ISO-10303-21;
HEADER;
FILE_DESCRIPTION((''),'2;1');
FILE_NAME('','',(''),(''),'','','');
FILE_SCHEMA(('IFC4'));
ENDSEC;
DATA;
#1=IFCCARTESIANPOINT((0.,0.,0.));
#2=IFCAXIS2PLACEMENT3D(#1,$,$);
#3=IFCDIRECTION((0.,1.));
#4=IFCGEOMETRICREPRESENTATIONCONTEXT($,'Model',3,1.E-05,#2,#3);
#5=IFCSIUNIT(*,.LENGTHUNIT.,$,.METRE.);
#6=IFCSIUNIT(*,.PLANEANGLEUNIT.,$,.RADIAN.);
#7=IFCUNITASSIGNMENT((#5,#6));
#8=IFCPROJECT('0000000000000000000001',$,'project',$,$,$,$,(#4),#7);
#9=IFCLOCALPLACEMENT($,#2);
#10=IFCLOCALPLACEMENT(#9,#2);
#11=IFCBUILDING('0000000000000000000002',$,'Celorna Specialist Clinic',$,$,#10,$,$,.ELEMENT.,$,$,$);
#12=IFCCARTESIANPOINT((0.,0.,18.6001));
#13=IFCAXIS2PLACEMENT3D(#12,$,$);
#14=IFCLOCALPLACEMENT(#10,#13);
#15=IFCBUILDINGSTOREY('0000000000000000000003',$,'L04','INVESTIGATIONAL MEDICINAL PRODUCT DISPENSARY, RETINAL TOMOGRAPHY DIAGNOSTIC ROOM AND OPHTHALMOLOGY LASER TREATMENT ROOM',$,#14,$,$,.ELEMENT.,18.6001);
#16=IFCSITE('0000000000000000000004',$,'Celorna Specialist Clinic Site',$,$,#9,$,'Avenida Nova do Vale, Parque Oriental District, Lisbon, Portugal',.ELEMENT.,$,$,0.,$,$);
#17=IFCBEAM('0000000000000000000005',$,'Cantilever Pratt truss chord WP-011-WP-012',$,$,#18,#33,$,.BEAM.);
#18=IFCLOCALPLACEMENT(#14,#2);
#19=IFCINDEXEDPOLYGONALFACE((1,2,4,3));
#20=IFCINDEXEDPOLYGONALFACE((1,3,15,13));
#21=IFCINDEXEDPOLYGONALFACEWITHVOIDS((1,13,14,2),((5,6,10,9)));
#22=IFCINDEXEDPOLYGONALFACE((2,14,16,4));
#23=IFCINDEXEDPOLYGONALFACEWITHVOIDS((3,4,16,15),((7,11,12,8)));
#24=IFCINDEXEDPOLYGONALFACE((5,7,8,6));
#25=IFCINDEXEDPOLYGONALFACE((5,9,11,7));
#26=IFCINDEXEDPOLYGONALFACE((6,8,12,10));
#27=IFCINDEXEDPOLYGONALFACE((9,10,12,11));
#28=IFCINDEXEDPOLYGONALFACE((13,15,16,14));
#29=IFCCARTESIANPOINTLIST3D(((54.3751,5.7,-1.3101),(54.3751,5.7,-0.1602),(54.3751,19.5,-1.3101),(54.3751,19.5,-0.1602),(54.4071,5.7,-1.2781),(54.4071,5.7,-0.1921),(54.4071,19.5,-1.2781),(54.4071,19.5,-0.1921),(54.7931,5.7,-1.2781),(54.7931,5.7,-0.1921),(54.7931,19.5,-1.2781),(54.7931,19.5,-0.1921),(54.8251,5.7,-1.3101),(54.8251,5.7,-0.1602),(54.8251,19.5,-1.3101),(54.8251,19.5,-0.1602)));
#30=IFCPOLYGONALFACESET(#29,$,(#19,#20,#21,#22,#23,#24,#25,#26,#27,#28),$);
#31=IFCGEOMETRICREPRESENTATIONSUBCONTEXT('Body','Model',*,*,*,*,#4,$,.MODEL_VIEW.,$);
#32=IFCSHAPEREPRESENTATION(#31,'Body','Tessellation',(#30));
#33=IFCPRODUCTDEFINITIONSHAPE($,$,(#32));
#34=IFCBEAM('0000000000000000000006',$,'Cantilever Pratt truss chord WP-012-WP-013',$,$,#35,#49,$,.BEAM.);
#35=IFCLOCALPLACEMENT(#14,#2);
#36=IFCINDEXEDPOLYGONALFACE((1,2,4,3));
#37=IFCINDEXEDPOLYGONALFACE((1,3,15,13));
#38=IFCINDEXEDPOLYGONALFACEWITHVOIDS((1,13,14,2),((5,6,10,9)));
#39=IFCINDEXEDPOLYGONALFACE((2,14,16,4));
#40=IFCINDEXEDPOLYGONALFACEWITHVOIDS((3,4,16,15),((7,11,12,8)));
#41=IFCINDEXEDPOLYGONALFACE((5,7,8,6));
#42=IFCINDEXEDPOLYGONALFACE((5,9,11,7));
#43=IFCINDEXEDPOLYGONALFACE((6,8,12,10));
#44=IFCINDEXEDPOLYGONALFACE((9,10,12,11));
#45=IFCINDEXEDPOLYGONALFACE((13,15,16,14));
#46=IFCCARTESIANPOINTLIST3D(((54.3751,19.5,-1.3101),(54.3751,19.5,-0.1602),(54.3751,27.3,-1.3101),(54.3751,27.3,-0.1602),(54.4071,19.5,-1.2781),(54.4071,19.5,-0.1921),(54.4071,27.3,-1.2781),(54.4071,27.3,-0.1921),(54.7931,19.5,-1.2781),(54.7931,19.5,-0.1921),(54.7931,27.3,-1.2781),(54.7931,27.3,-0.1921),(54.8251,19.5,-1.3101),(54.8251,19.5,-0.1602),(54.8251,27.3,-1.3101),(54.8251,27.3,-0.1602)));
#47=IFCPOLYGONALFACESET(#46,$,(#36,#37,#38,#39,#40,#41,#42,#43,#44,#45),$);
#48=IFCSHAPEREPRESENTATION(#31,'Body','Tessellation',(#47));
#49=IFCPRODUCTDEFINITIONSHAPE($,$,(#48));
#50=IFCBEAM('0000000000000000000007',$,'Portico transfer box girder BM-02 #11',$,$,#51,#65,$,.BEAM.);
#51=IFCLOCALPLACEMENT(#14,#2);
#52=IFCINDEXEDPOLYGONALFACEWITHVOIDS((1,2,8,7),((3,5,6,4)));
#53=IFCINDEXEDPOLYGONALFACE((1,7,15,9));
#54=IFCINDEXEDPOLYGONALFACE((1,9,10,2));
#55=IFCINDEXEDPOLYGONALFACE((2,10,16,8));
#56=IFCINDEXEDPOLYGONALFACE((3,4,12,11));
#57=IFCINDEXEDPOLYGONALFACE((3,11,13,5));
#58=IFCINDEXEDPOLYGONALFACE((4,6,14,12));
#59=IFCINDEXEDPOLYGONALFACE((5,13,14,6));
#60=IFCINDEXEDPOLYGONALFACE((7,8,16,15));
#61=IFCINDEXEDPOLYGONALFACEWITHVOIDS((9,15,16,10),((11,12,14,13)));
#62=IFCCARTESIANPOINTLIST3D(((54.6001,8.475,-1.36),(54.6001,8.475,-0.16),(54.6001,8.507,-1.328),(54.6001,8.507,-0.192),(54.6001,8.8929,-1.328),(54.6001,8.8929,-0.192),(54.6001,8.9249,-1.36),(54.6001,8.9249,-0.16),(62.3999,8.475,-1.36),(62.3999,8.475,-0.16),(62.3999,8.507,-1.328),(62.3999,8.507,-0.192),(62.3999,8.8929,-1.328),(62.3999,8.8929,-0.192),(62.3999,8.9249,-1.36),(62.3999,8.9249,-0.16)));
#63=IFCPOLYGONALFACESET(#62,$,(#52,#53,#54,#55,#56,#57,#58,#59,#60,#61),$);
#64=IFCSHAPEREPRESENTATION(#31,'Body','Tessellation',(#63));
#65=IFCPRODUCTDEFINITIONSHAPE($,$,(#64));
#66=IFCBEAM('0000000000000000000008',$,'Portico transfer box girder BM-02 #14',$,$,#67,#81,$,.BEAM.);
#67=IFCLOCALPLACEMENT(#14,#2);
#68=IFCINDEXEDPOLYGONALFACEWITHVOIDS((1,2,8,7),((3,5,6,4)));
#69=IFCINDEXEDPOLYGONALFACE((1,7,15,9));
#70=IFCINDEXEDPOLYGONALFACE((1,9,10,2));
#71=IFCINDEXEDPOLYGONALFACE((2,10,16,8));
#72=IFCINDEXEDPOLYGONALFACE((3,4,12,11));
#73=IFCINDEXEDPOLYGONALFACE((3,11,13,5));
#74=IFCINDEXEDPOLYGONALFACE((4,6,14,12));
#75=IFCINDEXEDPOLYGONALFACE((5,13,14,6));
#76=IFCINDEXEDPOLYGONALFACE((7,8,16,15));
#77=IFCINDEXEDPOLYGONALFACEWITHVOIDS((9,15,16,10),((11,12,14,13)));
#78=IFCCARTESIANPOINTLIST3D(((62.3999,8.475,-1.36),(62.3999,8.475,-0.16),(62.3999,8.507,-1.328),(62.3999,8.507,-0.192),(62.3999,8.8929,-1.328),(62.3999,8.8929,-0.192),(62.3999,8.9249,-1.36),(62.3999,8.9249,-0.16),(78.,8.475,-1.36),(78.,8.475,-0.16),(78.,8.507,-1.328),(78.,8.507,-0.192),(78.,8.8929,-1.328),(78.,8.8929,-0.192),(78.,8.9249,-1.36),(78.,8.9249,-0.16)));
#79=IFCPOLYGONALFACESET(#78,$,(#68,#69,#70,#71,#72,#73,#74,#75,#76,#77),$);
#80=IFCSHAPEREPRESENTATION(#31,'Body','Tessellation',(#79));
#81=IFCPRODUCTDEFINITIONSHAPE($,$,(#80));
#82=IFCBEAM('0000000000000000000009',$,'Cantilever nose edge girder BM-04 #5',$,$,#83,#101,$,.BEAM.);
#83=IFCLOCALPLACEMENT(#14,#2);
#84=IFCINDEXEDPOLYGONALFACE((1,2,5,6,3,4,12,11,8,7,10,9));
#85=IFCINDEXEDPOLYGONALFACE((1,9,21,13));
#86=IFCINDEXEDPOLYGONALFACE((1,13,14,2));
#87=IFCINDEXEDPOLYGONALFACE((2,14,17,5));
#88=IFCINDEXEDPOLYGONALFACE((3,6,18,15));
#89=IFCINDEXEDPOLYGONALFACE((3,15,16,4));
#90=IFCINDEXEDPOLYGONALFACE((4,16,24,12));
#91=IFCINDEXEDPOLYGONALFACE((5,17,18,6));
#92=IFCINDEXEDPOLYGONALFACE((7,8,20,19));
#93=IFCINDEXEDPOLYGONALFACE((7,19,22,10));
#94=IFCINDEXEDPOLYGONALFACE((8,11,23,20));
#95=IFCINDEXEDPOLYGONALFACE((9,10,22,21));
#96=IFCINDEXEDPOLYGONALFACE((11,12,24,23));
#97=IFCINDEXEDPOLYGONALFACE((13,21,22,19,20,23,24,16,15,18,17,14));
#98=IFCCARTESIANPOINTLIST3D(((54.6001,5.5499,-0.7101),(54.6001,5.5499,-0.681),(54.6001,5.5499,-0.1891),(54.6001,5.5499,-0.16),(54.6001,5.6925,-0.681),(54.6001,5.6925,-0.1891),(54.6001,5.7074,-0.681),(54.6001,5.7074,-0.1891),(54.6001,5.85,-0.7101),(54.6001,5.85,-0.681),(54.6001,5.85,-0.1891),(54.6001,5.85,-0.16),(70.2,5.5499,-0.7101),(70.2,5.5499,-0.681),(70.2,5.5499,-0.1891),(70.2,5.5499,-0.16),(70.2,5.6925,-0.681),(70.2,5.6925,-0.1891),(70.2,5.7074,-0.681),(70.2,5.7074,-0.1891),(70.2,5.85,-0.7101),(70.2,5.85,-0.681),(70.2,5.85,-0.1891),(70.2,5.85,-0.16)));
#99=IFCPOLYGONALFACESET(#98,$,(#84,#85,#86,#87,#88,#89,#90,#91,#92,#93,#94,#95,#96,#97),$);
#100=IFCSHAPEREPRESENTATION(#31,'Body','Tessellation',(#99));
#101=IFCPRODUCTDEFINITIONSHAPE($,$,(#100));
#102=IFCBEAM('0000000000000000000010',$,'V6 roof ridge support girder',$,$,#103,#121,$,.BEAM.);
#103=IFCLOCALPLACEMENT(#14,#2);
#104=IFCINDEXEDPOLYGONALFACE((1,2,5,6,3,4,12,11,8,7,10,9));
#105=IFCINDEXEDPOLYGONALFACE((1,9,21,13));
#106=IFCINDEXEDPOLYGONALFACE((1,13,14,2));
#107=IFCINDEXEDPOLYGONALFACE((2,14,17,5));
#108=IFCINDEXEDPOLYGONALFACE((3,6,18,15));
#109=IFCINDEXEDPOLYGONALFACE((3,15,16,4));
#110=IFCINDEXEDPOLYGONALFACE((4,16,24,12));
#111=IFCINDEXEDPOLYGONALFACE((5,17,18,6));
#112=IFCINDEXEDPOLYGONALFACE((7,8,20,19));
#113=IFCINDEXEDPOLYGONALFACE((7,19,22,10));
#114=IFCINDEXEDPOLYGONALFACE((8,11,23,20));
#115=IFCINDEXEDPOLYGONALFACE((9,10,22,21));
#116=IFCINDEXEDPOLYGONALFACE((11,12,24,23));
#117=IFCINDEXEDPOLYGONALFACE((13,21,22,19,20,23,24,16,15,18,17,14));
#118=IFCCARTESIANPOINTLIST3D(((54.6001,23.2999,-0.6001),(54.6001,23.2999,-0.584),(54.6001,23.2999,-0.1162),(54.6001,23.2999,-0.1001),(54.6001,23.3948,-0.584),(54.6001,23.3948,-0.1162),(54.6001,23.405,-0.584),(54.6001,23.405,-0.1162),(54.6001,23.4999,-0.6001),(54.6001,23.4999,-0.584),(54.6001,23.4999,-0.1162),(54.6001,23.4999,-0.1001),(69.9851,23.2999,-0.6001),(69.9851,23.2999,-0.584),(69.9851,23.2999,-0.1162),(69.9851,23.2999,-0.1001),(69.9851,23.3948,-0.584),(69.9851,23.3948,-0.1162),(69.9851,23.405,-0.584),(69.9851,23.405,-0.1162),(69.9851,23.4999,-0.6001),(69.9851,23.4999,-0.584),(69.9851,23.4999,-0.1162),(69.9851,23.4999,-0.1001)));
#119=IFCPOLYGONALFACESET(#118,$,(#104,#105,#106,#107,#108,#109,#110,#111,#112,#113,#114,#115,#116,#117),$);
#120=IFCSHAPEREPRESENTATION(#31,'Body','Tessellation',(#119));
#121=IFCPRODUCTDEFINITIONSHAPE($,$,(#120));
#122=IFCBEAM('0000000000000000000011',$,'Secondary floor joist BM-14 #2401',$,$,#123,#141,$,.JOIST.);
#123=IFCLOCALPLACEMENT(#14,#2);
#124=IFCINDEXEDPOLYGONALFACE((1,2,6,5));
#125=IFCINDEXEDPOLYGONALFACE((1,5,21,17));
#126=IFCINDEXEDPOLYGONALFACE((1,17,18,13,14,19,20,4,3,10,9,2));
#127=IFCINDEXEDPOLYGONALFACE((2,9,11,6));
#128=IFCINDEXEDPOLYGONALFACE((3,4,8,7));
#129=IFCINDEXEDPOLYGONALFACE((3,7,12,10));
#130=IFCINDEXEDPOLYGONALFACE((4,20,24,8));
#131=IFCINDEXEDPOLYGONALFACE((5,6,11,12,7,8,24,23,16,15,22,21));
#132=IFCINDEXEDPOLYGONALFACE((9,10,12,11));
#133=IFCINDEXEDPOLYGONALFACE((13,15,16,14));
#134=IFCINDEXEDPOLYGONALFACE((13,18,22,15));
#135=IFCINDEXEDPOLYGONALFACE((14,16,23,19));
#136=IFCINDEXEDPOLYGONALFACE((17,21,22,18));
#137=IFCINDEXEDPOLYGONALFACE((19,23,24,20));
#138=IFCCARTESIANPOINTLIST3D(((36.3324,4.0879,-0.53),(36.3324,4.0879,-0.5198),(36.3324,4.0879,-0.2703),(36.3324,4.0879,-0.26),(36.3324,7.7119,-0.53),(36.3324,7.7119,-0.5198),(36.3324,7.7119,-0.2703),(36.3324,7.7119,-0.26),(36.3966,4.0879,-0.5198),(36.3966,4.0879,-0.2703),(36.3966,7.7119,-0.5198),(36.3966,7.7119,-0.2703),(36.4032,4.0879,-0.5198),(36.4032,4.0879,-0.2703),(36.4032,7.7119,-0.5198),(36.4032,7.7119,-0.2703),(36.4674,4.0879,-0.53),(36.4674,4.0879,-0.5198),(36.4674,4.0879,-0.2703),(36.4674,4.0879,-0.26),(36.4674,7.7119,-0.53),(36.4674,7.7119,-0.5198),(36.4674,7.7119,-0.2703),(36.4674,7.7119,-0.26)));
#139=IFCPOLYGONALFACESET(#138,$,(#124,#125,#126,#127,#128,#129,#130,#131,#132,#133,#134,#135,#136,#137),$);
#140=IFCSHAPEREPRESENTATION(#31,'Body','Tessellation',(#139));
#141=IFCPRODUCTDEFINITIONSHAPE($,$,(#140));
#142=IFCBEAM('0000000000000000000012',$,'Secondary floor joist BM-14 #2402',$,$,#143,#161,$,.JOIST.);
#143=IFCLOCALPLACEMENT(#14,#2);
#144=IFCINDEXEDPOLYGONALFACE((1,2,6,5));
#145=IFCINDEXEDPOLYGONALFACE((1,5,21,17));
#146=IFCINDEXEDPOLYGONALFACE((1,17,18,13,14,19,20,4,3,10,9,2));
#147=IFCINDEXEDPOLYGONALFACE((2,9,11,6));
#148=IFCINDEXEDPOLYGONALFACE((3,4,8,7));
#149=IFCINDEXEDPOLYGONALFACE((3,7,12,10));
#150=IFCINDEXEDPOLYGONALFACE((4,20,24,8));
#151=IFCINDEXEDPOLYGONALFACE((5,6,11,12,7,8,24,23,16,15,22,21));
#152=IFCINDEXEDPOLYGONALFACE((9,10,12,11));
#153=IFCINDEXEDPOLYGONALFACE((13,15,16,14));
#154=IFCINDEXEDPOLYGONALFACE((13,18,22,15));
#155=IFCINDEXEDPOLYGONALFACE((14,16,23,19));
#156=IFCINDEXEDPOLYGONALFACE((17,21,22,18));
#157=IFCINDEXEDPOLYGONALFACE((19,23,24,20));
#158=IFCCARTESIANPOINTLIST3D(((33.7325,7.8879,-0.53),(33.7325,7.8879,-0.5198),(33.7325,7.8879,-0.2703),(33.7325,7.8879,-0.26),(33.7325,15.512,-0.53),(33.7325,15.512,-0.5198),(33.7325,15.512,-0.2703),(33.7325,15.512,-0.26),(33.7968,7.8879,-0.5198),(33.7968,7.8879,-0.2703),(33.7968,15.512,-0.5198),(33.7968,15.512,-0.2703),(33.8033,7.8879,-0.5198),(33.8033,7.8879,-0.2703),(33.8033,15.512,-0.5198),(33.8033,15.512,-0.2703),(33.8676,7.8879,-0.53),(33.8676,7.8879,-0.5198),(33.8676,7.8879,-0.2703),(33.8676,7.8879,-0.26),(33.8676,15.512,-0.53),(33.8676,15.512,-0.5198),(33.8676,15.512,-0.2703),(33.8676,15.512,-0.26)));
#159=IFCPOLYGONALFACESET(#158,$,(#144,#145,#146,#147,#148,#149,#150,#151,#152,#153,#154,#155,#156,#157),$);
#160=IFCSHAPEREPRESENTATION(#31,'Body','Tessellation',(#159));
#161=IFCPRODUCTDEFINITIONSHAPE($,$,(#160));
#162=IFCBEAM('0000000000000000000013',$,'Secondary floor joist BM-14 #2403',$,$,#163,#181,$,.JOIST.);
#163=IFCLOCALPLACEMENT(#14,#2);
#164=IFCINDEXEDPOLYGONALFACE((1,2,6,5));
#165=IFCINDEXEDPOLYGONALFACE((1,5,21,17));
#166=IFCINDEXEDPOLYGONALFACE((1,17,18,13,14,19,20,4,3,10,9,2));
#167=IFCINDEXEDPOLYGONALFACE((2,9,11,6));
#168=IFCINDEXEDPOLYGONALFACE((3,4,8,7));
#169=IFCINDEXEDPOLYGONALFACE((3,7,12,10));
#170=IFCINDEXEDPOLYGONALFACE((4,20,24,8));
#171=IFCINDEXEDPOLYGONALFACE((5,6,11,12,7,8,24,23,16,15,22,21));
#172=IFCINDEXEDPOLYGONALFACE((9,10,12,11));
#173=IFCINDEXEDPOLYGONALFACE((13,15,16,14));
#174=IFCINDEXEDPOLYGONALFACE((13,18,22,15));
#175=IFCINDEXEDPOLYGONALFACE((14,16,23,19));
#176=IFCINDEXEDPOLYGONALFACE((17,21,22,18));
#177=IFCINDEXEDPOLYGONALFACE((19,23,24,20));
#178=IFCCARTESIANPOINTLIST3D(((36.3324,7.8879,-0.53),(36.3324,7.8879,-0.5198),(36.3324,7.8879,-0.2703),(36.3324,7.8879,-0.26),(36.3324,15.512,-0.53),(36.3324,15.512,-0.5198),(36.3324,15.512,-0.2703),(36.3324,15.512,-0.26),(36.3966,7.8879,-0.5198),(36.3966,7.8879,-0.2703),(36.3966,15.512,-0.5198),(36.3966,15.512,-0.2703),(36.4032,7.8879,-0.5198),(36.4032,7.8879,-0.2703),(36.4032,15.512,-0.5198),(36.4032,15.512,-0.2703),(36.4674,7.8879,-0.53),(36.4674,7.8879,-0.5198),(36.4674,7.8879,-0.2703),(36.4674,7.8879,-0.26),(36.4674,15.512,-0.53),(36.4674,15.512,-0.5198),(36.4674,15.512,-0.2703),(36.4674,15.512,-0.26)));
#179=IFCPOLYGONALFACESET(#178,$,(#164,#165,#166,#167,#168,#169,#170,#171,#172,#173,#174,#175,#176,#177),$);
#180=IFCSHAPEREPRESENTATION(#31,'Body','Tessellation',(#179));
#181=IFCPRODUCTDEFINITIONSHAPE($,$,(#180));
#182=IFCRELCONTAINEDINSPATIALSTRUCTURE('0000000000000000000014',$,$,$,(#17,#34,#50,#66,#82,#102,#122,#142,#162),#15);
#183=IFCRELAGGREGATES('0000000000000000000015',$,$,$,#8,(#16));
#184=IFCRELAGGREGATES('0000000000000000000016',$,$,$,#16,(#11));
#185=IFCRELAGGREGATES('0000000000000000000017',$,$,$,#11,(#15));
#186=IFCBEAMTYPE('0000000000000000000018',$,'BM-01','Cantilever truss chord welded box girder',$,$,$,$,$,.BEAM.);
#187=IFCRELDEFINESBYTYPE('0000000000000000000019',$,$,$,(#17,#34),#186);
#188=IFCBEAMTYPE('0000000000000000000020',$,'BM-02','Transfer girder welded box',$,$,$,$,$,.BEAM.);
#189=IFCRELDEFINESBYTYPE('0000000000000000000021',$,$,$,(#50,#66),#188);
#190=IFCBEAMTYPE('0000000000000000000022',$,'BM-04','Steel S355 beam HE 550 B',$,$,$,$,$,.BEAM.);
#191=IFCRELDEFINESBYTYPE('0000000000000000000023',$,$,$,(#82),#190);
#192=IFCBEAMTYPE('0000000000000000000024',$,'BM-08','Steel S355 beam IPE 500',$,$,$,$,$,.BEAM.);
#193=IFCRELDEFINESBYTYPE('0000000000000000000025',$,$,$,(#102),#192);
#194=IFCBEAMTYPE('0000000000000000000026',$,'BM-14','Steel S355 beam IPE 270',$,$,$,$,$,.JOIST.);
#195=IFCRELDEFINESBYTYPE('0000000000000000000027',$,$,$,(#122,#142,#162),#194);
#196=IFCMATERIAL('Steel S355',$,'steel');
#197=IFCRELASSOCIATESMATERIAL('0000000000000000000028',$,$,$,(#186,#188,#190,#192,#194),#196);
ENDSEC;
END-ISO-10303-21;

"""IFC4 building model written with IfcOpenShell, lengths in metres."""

from ifc_helpers import new_model, si_unit, direction, frame, origin, origin_2d, place, context, subcontext, project, spatial, hollow_rectangle, i_section, extrude, material, material_profile, profile_set, type_object, element, save


model = new_model("IFC4")

# Units and contexts
model_context = context("Model", 3, precision=1e-05, world=origin(), true_north=direction((0.0, 1.0)))
body_context = subcontext(model_context, "Body", "Model", "MODEL_VIEW")
ifc_project = project(units=[si_unit("LENGTHUNIT", "METRE"), si_unit("PLANEANGLEUNIT", "RADIAN")], contexts=[model_context])

# Site, building, storey
site_placement = place(None, origin())
site = spatial("IfcSite", under=ifc_project, at=site_placement, Name="Celorna Specialist Clinic Site", LongName="Avenida Nova do Vale, Parque Oriental District, Lisbon, Portugal", CompositionType="ELEMENT", RefElevation=0.0)
building_placement = place(site_placement, origin())
building = spatial("IfcBuilding", under=site, at=building_placement, Name="Celorna Specialist Clinic", CompositionType="ELEMENT")
storey_placement = place(building_placement, frame((0.0, 0.0, 18.6001)))
storey = spatial("IfcBuildingStorey", under=building, at=storey_placement, Name="L04", Description="INVESTIGATIONAL MEDICINAL PRODUCT DISPENSARY, RETINAL TOMOGRAPHY DIAGNOSTIC ROOM AND OPHTHALMOLOGY LASER TREATMENT ROOM", CompositionType="ELEMENT", Elevation=18.6001)

# Beams
ifc_material_1 = material(Name="Steel S355", Category="steel")
ifc_material_profile_1 = material_profile(ifc_material_1, hollow_rectangle(XDim=0.45, YDim=1.1499, WallThickness=0.032, at=origin_2d()), Name="BOX 450x1150x32")
ifc_profile_set_1 = profile_set([ifc_material_profile_1], Name="Steel S355")
beam_type_1 = type_object("IfcBeamType", Name="BM-01", Description="Cantilever truss chord welded box girder", PredefinedType="BEAM", material=ifc_profile_set_1)
beam_1_placement = place(storey_placement, frame((54.6001, 5.7, -0.7351), z_axis=(0.0, 1.0, 0.0), x_axis=(-1.0, 0.0, 0.0)))
element("IfcBeam", 1, at=beam_1_placement, inside=storey, type_object=beam_type_1, Name="Cantilever Pratt truss chord WP-011-WP-012", PredefinedType="BEAM", context=body_context, shape_type="SweptSolid", body=[
    extrude(hollow_rectangle(XDim=0.45, YDim=1.1499, WallThickness=0.032, at=origin_2d()), origin(), (0.0, 0.0, 1.0), 13.8),
])
beam_2_placement = place(storey_placement, frame((54.6001, 19.5, -0.7351), z_axis=(0.0, 1.0, 0.0), x_axis=(-1.0, 0.0, 0.0)))
element("IfcBeam", 2, at=beam_2_placement, inside=storey, type_object=beam_type_1, Name="Cantilever Pratt truss chord WP-012-WP-013", PredefinedType="BEAM", context=body_context, shape_type="SweptSolid", body=[
    extrude(hollow_rectangle(XDim=0.45, YDim=1.1499, WallThickness=0.032, at=origin_2d()), origin(), (0.0, 0.0, 1.0), 7.8),
])
ifc_material_profile_2 = material_profile(ifc_material_1, hollow_rectangle(XDim=0.45, YDim=1.2, WallThickness=0.032, at=origin_2d()), Name="BOX 450x1200x32")
ifc_profile_set_2 = profile_set([ifc_material_profile_2], Name="Steel S355")
beam_type_2 = type_object("IfcBeamType", Name="BM-02", Description="Transfer girder welded box", PredefinedType="BEAM", material=ifc_profile_set_2)
beam_3_placement = place(storey_placement, frame((54.6001, 8.7, -0.76), z_axis=(1.0, 0.0, 0.0), x_axis=(0.0, 1.0, 0.0)))
element("IfcBeam", 3, at=beam_3_placement, inside=storey, type_object=beam_type_2, Name="Portico transfer box girder BM-02 #11", PredefinedType="BEAM", context=body_context, shape_type="SweptSolid", body=[
    extrude(hollow_rectangle(XDim=0.45, YDim=1.2, WallThickness=0.032, at=origin_2d()), origin(), (0.0, 0.0, 1.0), 7.7998),
])
beam_4_placement = place(storey_placement, frame((62.3999, 8.7, -0.76), z_axis=(1.0, 0.0, 0.0), x_axis=(0.0, 1.0, 0.0)))
element("IfcBeam", 4, at=beam_4_placement, inside=storey, type_object=beam_type_2, Name="Portico transfer box girder BM-02 #14", PredefinedType="BEAM", context=body_context, shape_type="SweptSolid", body=[
    extrude(hollow_rectangle(XDim=0.45, YDim=1.2, WallThickness=0.032, at=origin_2d()), origin(), (0.0, 0.0, 1.0), 15.6001),
])
ifc_material_profile_3 = material_profile(ifc_material_1, i_section(OverallWidth=0.3, OverallDepth=0.55, WebThickness=0.0149, FlangeThickness=0.0291, at=origin_2d()), Name="HE 550 B")
ifc_profile_set_3 = profile_set([ifc_material_profile_3], Name="Steel S355")
beam_type_3 = type_object("IfcBeamType", Name="BM-04", Description="Steel S355 beam HE 550 B", PredefinedType="BEAM", material=ifc_profile_set_3)
beam_5_placement = place(storey_placement, frame((54.6001, 5.7, -0.4351), z_axis=(1.0, 0.0, 0.0), x_axis=(0.0, 1.0, 0.0)))
element("IfcBeam", 5, at=beam_5_placement, inside=storey, type_object=beam_type_3, Name="Cantilever nose edge girder BM-04 #5", PredefinedType="BEAM", context=body_context, shape_type="SweptSolid", body=[
    extrude(i_section(OverallWidth=0.3, OverallDepth=0.55, WebThickness=0.0149, FlangeThickness=0.0291, at=origin_2d()), origin(), (0.0, 0.0, 1.0), 15.5999),
])
ifc_material_profile_4 = material_profile(ifc_material_1, i_section(OverallWidth=0.2, OverallDepth=0.5, WebThickness=0.0103, FlangeThickness=0.0161, at=origin_2d()), Name="IPE 500")
ifc_profile_set_4 = profile_set([ifc_material_profile_4], Name="Steel S355")
beam_type_4 = type_object("IfcBeamType", Name="BM-08", Description="Steel S355 beam IPE 500", PredefinedType="BEAM", material=ifc_profile_set_4)
beam_6_placement = place(storey_placement, frame((54.6001, 23.3999, -0.3501), z_axis=(1.0, 0.0, 0.0), x_axis=(0.0, 1.0, 0.0)))
element("IfcBeam", 6, at=beam_6_placement, inside=storey, type_object=beam_type_4, Name="V6 roof ridge support girder", PredefinedType="BEAM", context=body_context, shape_type="SweptSolid", body=[
    extrude(i_section(OverallWidth=0.2, OverallDepth=0.5, WebThickness=0.0103, FlangeThickness=0.0161, at=origin_2d()), origin(), (0.0, 0.0, 1.0), 15.385),
])
ifc_material_profile_5 = material_profile(ifc_material_1, i_section(OverallWidth=0.135, OverallDepth=0.27, WebThickness=0.0066, FlangeThickness=0.0103, at=origin_2d()), Name="IPE 270")
ifc_profile_set_5 = profile_set([ifc_material_profile_5], Name="Steel S355")
beam_type_5 = type_object("IfcBeamType", Name="BM-14", Description="Steel S355 beam IPE 270", PredefinedType="JOIST", material=ifc_profile_set_5)
beam_7_placement = place(storey_placement, frame((36.3999, 4.0879, -0.395), z_axis=(0.0, 1.0, 0.0), x_axis=(-1.0, 0.0, 0.0)))
element("IfcBeam", 7, at=beam_7_placement, inside=storey, type_object=beam_type_5, Name="Secondary floor joist BM-14 #2401", PredefinedType="JOIST", context=body_context, shape_type="SweptSolid", body=[
    extrude(i_section(OverallWidth=0.135, OverallDepth=0.27, WebThickness=0.0066, FlangeThickness=0.0103, at=origin_2d()), origin(), (0.0, 0.0, 1.0), 3.624),
])
for number, where, z_axis, x_axis, name in (
    (8, (33.8, 7.8879, -0.395), (0.0, 1.0, 0.0), (-1.0, 0.0, 0.0), "Secondary floor joist BM-14 #2402"),
    (9, (36.3999, 7.8879, -0.395), (0.0, 1.0, 0.0), (-1.0, 0.0, 0.0), "Secondary floor joist BM-14 #2403"),
):
    element("IfcBeam", number, at=place(storey_placement, frame(where, z_axis=z_axis, x_axis=x_axis)), inside=storey, type_object=beam_type_5, Name=name, PredefinedType="JOIST", context=body_context, shape_type="SweptSolid", body=[
        extrude(i_section(OverallWidth=0.135, OverallDepth=0.27, WebThickness=0.0066, FlangeThickness=0.0103, at=origin_2d()), origin(), (0.0, 0.0, 1.0), 7.624),
    ])

save(model, "model.ifc")
